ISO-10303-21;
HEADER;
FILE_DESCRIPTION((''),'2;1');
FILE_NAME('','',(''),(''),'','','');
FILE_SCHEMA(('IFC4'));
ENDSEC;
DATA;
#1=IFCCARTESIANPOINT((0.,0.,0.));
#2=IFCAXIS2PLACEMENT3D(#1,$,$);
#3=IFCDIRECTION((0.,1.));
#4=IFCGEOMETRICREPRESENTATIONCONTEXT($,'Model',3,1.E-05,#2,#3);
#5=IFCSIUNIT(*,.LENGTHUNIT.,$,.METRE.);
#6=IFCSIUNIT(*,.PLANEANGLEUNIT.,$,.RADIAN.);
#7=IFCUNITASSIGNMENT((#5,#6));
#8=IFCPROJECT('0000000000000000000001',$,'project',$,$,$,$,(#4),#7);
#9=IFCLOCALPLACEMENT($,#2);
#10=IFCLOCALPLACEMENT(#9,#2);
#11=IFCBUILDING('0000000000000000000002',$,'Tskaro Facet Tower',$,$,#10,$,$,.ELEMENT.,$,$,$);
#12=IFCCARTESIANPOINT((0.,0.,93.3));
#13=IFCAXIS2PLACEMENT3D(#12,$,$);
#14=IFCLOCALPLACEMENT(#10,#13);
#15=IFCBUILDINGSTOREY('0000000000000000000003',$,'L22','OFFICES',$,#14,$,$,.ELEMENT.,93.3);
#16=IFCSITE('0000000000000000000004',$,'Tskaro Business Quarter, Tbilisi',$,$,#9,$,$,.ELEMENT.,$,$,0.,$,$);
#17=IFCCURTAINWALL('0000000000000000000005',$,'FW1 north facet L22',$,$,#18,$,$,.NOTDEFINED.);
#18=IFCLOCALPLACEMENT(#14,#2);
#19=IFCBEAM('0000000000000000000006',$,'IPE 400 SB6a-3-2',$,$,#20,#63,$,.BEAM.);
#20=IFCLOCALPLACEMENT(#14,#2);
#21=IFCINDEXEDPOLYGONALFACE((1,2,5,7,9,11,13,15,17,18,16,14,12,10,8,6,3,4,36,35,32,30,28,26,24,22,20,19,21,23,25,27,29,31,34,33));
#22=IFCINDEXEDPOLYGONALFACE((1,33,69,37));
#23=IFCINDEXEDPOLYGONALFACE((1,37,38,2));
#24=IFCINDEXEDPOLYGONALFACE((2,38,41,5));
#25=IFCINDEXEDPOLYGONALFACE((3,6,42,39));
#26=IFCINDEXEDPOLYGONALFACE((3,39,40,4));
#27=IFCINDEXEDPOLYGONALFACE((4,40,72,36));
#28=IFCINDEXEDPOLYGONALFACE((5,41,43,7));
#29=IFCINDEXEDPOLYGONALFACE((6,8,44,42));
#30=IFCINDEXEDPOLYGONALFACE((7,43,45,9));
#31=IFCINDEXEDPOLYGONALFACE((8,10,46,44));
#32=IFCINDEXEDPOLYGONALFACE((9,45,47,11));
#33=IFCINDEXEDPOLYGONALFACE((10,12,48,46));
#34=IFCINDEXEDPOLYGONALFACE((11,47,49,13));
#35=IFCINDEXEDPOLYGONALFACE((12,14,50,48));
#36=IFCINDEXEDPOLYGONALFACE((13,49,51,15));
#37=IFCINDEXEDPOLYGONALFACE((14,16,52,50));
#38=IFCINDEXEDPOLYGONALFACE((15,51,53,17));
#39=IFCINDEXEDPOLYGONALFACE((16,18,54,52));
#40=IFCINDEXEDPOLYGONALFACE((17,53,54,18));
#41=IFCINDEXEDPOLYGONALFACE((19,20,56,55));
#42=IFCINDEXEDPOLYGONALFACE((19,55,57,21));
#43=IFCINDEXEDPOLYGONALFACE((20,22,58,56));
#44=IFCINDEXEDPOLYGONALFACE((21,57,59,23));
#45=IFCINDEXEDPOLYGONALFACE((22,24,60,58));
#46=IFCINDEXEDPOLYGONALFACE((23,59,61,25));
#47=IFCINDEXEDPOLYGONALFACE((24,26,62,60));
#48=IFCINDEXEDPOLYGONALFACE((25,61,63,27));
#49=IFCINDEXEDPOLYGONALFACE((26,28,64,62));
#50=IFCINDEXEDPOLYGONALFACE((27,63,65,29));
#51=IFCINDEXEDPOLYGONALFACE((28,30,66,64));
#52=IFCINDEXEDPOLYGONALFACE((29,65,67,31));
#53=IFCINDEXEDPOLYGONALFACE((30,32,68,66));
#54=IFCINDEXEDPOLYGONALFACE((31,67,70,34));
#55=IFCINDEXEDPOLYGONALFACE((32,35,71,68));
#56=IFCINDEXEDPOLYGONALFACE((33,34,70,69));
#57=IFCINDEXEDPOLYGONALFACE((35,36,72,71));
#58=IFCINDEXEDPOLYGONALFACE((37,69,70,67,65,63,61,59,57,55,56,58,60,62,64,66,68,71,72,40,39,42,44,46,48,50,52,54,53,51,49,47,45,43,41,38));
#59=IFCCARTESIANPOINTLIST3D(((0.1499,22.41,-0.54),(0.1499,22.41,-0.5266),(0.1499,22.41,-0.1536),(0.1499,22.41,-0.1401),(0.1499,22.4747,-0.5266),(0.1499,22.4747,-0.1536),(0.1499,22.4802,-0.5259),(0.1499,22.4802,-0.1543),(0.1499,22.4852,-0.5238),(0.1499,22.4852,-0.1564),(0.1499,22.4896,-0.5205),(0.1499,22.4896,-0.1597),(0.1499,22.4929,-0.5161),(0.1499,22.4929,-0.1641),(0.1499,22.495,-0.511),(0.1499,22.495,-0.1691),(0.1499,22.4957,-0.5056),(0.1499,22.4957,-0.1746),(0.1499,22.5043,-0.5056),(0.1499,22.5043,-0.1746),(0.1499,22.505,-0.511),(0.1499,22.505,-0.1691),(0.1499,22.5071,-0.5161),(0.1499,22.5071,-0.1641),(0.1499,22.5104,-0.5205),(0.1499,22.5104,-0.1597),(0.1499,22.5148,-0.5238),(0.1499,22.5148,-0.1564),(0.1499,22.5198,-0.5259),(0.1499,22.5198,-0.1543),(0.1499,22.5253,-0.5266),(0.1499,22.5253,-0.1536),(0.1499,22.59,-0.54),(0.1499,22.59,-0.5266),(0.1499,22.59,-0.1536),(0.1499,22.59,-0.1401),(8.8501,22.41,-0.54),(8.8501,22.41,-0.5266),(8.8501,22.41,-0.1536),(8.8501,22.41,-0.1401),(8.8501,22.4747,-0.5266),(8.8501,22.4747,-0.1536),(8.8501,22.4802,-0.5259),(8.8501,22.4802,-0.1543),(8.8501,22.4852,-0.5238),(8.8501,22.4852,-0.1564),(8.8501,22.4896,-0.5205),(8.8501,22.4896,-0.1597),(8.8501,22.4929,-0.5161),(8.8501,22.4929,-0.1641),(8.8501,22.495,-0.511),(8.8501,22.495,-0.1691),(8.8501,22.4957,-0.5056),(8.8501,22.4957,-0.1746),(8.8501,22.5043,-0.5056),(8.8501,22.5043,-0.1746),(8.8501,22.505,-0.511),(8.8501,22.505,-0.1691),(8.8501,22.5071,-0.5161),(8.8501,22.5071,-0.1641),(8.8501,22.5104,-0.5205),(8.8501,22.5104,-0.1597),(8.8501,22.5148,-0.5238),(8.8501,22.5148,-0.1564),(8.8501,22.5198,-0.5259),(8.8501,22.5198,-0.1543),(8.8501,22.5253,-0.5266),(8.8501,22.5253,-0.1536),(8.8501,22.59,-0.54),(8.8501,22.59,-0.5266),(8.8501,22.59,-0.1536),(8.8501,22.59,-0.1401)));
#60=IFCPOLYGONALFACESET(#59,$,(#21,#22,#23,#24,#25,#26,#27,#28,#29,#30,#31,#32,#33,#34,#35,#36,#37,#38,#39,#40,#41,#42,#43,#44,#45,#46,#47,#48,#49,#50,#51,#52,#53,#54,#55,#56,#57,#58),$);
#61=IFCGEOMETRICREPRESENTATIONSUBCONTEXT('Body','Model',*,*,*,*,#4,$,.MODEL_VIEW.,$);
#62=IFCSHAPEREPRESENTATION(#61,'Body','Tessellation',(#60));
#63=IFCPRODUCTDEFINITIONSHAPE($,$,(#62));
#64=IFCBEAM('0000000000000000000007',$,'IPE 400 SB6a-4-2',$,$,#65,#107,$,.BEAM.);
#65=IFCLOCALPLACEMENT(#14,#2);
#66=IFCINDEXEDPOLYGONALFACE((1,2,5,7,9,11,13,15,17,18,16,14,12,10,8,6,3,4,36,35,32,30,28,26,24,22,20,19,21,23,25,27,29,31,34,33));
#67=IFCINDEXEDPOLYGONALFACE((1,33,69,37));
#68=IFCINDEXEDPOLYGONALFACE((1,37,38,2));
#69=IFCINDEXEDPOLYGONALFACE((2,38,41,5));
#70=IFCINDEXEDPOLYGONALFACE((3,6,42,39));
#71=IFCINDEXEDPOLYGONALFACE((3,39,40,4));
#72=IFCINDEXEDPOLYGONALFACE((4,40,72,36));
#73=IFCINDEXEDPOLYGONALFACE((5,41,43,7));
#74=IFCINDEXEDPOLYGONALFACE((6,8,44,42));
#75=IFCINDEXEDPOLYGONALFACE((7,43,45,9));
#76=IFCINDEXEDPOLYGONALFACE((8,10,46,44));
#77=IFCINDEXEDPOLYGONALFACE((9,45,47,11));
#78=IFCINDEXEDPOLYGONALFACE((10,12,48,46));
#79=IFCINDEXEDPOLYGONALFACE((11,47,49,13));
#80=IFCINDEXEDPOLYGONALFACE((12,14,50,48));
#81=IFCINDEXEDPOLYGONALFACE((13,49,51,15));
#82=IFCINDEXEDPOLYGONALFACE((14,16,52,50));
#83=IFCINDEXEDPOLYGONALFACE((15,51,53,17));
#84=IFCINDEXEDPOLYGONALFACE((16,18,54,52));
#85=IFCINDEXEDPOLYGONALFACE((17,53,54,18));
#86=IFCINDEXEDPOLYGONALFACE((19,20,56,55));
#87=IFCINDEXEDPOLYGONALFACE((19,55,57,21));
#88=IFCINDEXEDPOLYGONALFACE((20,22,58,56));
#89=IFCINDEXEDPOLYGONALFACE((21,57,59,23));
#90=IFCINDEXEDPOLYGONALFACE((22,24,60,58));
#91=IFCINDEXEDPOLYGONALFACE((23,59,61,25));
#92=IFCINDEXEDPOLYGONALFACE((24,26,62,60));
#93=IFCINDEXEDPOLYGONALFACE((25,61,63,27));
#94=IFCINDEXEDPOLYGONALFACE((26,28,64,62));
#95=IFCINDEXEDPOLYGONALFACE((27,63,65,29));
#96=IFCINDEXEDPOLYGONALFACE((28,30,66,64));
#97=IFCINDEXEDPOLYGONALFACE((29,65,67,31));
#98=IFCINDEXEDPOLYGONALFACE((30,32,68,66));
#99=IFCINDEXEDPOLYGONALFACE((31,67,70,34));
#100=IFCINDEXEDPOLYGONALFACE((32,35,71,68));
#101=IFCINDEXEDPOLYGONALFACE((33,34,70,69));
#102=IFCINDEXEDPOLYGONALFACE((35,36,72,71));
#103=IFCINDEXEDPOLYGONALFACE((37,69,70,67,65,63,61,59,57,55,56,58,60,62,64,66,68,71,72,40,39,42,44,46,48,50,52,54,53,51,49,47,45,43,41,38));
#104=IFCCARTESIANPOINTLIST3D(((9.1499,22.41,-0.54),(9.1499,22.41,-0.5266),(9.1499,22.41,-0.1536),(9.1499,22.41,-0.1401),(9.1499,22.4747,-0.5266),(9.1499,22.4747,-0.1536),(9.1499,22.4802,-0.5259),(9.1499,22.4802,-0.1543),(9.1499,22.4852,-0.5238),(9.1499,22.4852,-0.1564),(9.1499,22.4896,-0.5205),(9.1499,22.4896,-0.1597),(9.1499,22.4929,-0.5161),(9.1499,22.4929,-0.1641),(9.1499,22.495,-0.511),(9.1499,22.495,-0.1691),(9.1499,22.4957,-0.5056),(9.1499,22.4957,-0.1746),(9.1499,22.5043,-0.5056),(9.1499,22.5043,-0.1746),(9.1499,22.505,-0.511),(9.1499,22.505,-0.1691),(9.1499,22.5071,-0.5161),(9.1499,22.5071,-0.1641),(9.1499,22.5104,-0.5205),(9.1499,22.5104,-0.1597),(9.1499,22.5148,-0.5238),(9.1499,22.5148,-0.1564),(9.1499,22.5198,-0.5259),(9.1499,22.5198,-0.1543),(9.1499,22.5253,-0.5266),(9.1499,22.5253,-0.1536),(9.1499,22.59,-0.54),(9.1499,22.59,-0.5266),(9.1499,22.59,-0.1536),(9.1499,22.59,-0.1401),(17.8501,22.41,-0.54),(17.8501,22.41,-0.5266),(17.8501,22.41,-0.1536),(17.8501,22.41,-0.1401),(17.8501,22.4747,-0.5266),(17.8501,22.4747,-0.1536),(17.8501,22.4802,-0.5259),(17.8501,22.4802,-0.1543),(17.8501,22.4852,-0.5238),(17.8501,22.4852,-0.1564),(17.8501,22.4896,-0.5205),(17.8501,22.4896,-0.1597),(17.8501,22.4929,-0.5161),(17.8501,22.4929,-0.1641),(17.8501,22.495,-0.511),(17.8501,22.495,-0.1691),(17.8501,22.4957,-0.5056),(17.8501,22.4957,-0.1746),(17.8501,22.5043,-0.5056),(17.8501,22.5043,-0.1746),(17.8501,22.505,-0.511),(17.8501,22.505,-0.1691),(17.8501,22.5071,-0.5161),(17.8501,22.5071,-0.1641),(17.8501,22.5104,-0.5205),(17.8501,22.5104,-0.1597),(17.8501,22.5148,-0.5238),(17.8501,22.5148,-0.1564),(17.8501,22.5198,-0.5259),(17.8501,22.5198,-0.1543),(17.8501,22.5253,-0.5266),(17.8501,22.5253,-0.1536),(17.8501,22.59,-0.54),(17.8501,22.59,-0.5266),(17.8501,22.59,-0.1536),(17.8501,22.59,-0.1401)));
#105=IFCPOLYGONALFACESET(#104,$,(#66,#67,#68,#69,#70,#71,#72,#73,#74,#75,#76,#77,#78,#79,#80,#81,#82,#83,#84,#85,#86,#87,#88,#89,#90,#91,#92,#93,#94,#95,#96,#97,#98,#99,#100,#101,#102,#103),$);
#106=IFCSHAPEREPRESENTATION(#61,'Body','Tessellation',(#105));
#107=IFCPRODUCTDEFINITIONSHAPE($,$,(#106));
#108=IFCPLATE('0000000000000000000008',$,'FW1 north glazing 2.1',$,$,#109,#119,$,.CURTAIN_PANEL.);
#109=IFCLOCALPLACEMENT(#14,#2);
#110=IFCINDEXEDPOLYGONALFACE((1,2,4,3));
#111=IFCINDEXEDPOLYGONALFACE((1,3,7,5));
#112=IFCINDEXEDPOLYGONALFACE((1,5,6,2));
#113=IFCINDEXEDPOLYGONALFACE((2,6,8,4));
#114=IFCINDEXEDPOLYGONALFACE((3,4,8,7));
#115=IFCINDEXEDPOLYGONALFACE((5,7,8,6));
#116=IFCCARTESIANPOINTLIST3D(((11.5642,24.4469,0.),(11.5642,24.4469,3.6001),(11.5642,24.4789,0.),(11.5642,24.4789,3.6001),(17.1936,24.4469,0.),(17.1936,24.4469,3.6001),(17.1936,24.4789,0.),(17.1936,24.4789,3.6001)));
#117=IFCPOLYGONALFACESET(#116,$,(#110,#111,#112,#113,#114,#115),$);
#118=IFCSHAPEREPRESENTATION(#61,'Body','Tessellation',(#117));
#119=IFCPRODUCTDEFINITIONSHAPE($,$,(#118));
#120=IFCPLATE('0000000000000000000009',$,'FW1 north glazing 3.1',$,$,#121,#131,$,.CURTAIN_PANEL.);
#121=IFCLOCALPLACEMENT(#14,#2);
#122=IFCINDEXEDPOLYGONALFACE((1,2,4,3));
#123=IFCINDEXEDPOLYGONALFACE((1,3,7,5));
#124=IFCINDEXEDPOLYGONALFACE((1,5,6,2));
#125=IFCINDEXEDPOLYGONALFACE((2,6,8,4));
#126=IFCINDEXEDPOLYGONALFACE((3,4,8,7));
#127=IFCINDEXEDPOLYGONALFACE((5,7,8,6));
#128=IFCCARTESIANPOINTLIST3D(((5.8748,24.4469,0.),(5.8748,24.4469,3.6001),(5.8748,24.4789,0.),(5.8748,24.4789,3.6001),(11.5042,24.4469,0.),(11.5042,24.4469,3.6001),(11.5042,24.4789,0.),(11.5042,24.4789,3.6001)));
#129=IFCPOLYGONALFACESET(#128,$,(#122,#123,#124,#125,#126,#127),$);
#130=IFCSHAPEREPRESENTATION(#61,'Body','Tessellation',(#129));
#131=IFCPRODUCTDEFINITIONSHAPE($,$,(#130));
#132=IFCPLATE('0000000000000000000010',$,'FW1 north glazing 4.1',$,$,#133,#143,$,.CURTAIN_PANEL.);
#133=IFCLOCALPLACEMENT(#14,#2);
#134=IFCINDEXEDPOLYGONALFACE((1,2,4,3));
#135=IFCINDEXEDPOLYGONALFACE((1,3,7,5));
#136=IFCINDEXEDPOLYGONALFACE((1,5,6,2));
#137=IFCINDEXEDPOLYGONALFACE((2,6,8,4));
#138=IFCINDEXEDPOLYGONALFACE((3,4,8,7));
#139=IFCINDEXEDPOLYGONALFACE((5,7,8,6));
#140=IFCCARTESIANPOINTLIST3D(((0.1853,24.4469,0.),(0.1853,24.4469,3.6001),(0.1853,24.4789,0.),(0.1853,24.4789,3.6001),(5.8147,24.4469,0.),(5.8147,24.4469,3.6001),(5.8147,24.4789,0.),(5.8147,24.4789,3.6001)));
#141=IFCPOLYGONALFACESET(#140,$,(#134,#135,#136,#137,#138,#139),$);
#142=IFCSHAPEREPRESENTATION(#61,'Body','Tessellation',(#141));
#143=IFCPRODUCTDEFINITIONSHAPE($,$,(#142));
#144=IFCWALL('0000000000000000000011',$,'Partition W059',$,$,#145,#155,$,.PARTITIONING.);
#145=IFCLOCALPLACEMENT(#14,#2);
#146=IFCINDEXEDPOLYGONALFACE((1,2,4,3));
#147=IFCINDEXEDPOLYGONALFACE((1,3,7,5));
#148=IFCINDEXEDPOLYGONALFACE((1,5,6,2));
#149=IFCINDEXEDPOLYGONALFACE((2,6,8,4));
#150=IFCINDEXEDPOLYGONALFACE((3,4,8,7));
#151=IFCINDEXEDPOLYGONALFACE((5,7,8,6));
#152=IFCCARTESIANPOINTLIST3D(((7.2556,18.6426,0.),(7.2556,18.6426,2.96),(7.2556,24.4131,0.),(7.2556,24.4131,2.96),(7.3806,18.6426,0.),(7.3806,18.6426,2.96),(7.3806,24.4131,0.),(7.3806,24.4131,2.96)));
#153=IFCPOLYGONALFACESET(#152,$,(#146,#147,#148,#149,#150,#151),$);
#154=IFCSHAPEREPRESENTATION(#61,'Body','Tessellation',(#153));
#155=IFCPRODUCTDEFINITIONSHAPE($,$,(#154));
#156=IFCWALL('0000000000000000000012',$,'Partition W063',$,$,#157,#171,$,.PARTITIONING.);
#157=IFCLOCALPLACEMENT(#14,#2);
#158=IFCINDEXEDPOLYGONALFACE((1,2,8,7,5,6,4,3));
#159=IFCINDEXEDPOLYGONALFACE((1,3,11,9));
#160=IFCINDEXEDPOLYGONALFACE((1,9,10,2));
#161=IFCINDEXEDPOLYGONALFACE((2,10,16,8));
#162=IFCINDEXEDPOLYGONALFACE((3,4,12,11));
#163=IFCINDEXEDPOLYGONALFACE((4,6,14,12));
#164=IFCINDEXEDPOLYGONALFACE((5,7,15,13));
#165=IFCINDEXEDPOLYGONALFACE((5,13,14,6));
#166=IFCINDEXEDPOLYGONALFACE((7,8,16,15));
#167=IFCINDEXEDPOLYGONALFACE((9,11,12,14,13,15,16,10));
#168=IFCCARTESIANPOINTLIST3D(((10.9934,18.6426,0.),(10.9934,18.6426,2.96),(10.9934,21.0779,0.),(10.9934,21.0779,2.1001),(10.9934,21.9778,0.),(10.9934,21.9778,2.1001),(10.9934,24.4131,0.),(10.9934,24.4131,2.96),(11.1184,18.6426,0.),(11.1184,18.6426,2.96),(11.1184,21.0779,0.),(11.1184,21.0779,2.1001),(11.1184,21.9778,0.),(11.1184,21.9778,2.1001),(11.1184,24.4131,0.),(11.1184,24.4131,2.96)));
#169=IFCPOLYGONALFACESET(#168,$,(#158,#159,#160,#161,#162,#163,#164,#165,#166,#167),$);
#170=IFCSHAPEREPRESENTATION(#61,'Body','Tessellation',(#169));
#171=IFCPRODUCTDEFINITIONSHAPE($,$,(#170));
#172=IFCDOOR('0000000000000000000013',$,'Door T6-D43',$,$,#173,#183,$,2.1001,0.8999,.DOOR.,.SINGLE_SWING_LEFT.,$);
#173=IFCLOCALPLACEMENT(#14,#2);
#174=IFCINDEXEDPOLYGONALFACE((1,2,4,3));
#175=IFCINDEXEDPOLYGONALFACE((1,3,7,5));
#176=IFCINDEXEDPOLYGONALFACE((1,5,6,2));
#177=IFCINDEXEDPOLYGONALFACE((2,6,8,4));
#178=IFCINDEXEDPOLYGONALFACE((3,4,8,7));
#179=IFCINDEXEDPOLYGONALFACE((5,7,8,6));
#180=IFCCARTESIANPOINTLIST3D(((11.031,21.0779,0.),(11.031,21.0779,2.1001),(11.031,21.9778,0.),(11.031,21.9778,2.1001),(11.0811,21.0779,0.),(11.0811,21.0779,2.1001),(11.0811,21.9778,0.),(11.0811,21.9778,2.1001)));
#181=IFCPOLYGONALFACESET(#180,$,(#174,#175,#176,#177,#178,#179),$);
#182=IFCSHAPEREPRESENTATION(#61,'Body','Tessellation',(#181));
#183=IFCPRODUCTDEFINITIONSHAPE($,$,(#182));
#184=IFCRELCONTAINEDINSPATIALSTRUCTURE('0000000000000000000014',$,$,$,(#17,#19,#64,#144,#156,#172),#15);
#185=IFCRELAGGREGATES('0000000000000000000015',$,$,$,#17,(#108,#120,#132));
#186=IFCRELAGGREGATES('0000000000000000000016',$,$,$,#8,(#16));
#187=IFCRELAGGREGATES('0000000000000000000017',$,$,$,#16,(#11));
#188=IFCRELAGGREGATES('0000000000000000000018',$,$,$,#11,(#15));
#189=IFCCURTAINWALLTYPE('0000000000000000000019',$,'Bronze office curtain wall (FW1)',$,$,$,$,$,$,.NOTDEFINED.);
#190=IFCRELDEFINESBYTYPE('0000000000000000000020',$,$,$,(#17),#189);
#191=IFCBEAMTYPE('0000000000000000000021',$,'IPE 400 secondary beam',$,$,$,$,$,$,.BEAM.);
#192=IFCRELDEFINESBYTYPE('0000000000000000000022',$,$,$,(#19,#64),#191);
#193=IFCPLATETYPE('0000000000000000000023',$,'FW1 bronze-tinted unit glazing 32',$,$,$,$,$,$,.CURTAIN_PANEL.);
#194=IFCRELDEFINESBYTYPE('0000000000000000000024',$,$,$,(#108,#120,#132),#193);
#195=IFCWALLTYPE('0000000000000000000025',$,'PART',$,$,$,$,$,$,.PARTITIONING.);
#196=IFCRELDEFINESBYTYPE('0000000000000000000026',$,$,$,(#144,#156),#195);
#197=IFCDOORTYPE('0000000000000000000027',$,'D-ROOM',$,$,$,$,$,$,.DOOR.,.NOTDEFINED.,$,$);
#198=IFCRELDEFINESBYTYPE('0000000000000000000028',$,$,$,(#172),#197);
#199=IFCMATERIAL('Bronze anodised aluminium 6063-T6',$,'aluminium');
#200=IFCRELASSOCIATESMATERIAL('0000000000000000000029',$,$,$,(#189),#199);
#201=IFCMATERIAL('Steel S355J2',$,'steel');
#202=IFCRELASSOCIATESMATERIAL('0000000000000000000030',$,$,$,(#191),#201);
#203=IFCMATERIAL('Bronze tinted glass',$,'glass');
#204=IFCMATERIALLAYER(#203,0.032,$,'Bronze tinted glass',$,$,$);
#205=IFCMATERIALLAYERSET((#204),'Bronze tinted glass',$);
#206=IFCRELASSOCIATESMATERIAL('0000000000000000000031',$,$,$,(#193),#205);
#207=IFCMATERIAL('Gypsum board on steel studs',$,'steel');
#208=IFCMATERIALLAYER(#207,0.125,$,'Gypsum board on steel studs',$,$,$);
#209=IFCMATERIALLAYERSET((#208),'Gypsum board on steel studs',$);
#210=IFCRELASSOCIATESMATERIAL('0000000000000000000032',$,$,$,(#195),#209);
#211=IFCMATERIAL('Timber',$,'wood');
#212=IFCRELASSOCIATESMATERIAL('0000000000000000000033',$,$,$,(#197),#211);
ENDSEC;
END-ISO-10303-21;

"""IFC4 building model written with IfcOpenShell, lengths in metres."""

from ifc_helpers import new_model, si_unit, direction, frame, frame_2d, origin, origin_2d, place, context, subcontext, project, spatial, rectangle, i_section, extrude, material, layer, layer_set, material_profile, profile_set, type_object, element, fill, aggregate, save


model = new_model("IFC4")

# Units and contexts
model_context = context("Model", 3, precision=1e-05, world=origin(), true_north=direction((0.0, 1.0)))
body_context = subcontext(model_context, "Body", "Model", "MODEL_VIEW")
ifc_project = project(units=[si_unit("LENGTHUNIT", "METRE"), si_unit("PLANEANGLEUNIT", "RADIAN")], contexts=[model_context])

# Site, building, storey
site_placement = place(None, origin())
site = spatial("IfcSite", under=ifc_project, at=site_placement, Name="Tskaro Business Quarter, Tbilisi", CompositionType="ELEMENT", RefElevation=0.0)
building_placement = place(site_placement, origin())
building = spatial("IfcBuilding", under=site, at=building_placement, Name="Tskaro Facet Tower", CompositionType="ELEMENT")
storey_placement = place(building_placement, frame((0.0, 0.0, 93.3)))
storey = spatial("IfcBuildingStorey", under=building, at=storey_placement, Name="L22", Description="OFFICES", CompositionType="ELEMENT", Elevation=93.3)

# Curtain wall
ifc_material_1 = material(Name="Bronze anodised aluminium 6063-T6", Category="aluminium")
curtain_wall_type = type_object("IfcCurtainWallType", Name="Bronze office curtain wall (FW1)", PredefinedType="NOTDEFINED", material=ifc_material_1)
curtain_wall_placement = place(storey_placement, origin())
curtain_wall = element("IfcCurtainWall", 1, at=curtain_wall_placement, inside=storey, type_object=curtain_wall_type, Name="FW1 north facet L22", PredefinedType="NOTDEFINED")

# Beams
ifc_material_2 = material(Name="Steel S355J2", Category="steel")
ifc_material_profile_1 = material_profile(ifc_material_2, i_section(OverallWidth=0.1799, OverallDepth=0.3999, WebThickness=0.0085, FlangeThickness=0.0134, FilletRadius=0.021, at=origin_2d()), Name="IPE 400")
ifc_profile_set_1 = profile_set([ifc_material_profile_1], Name="Steel S355J2")
beam_type_1 = type_object("IfcBeamType", Name="IPE 400 secondary beam", PredefinedType="BEAM", material=ifc_profile_set_1)
for number, where, z_axis, x_axis, name in (
    (2, (0.1499, 22.5, -0.3401), (1.0, 0.0, 0.0), (0.0, 1.0, 0.0), "IPE 400 SB6a-3-2"),
    (3, (9.1499, 22.5, -0.3401), (1.0, 0.0, 0.0), (0.0, 1.0, 0.0), "IPE 400 SB6a-4-2"),
):
    element("IfcBeam", number, at=place(storey_placement, frame(where, z_axis=z_axis, x_axis=x_axis)), inside=storey, type_object=beam_type_1, Name=name, PredefinedType="BEAM", context=body_context, shape_type="SweptSolid", body=[
        extrude(i_section(OverallWidth=0.1799, OverallDepth=0.3999, WebThickness=0.0085, FlangeThickness=0.0134, FilletRadius=0.021, at=origin_2d()), origin(), (0.0, 0.0, 1.0), 8.7002),
    ])

# Plates
ifc_material_3 = material(Name="Bronze tinted glass", Category="glass")
ifc_layer_1 = layer(ifc_material_3, 0.032, Name="Bronze tinted glass")
ifc_layer_set_1 = layer_set([ifc_layer_1], Name="Bronze tinted glass")
plate_type = type_object("IfcPlateType", Name="FW1 bronze-tinted unit glazing 32", PredefinedType="CURTAIN_PANEL", material=ifc_layer_set_1)
plate_1_placement = place(storey_placement, frame((14.3789, 24.4629, 0.0), z_axis=(0.0, 0.0, 1.0), x_axis=(-1.0, 0.0, 0.0)))
plate_1 = element("IfcPlate", 4, at=plate_1_placement, type_object=plate_type, Name="FW1 north glazing 2.1", PredefinedType="CURTAIN_PANEL", context=body_context, shape_type="SweptSolid", body=[
    extrude(rectangle(XDim=5.6294, YDim=0.032, at=origin_2d()), origin(), (0.0, 0.0, 1.0), 3.6001),
])
plate_2_placement = place(storey_placement, frame((8.6895, 24.4629, 0.0), z_axis=(0.0, 0.0, 1.0), x_axis=(-1.0, 0.0, 0.0)))
plate_2 = element("IfcPlate", 5, at=plate_2_placement, type_object=plate_type, Name="FW1 north glazing 3.1", PredefinedType="CURTAIN_PANEL", context=body_context, shape_type="SweptSolid", body=[
    extrude(rectangle(XDim=5.6294, YDim=0.032, at=origin_2d()), origin(), (0.0, 0.0, 1.0), 3.6001),
])
plate_3_placement = place(storey_placement, frame((3.0, 24.4629, 0.0), z_axis=(0.0, 0.0, 1.0), x_axis=(-1.0, 0.0, 0.0)))
plate_3 = element("IfcPlate", 6, at=plate_3_placement, type_object=plate_type, Name="FW1 north glazing 4.1", PredefinedType="CURTAIN_PANEL", context=body_context, shape_type="SweptSolid", body=[
    extrude(rectangle(XDim=5.6294, YDim=0.032, at=origin_2d()), origin(), (0.0, 0.0, 1.0), 3.6001),
])
aggregate(curtain_wall, [plate_1, plate_2, plate_3])

# Wall
ifc_material_4 = material(Name="Gypsum board on steel studs", Category="steel")
ifc_layer_2 = layer(ifc_material_4, 0.125, Name="Gypsum board on steel studs")
ifc_layer_set_2 = layer_set([ifc_layer_2], Name="Gypsum board on steel studs")
wall_type = type_object("IfcWallType", Name="PART", PredefinedType="PARTITIONING", material=ifc_layer_set_2)
wall_1_placement = place(storey_placement, frame((7.3181, 18.6426, 0.0), z_axis=(0.0, 0.0, 1.0), x_axis=(0.0, 1.0, 0.0)))
element("IfcWall", 7, at=wall_1_placement, inside=storey, type_object=wall_type, Name="Partition W059", PredefinedType="PARTITIONING", context=body_context, shape_type="SweptSolid", body=[
    extrude(rectangle(XDim=5.7705, YDim=0.125, at=frame_2d((2.8853, 0.0))), origin(), (0.0, 0.0, 1.0), 2.96),
])

# Wall, opening, door
wall_2_placement = place(storey_placement, frame((11.0559, 18.6426, 0.0), z_axis=(0.0, 0.0, 1.0), x_axis=(0.0, 1.0, 0.0)))
wall_2 = element("IfcWall", 8, at=wall_2_placement, inside=storey, type_object=wall_type, Name="Partition W063", PredefinedType="PARTITIONING", context=body_context, shape_type="SweptSolid", body=[
    extrude(rectangle(XDim=5.7705, YDim=0.125, at=frame_2d((2.8853, 0.0))), origin(), (0.0, 0.0, 1.0), 2.96),
])
opening_placement = place(wall_2_placement, frame((2.4353, 0.0, 0.0)))
opening = element("IfcOpeningElement", 9, at=opening_placement, cuts=wall_2, PredefinedType="OPENING", context=body_context, shape_type="SweptSolid", body=[
    extrude(rectangle(XDim=0.8999, YDim=2.1001, at=frame_2d((0.45, 1.05))), frame((0.0, 0.0725, 0.0), z_axis=(0.0, -1.0, 0.0), x_axis=(1.0, 0.0, 0.0)), (0.0, 0.0, 1.0), 0.145),
])
ifc_material_5 = material(Name="Timber", Category="wood")
door_type = type_object("IfcDoorType", Name="D-ROOM", OperationType="NOTDEFINED", PredefinedType="DOOR", material=ifc_material_5)
door_placement = place(opening_placement, origin())
door = element("IfcDoor", 10, at=door_placement, inside=storey, type_object=door_type, Name="Door T6-D43", OperationType="SINGLE_SWING_LEFT", OverallHeight=2.1001, OverallWidth=0.8999, PredefinedType="DOOR", context=body_context, shape_type="SweptSolid", body=[
    extrude(rectangle(XDim=0.8999, YDim=2.1001, at=frame_2d((0.45, 1.05))), frame((0.0, 0.0249, 0.0), z_axis=(0.0, -1.0, 0.0), x_axis=(1.0, 0.0, 0.0)), (0.0, 0.0, 1.0), 0.05),
])
fill(opening, door)

save(model, "model.ifc")
